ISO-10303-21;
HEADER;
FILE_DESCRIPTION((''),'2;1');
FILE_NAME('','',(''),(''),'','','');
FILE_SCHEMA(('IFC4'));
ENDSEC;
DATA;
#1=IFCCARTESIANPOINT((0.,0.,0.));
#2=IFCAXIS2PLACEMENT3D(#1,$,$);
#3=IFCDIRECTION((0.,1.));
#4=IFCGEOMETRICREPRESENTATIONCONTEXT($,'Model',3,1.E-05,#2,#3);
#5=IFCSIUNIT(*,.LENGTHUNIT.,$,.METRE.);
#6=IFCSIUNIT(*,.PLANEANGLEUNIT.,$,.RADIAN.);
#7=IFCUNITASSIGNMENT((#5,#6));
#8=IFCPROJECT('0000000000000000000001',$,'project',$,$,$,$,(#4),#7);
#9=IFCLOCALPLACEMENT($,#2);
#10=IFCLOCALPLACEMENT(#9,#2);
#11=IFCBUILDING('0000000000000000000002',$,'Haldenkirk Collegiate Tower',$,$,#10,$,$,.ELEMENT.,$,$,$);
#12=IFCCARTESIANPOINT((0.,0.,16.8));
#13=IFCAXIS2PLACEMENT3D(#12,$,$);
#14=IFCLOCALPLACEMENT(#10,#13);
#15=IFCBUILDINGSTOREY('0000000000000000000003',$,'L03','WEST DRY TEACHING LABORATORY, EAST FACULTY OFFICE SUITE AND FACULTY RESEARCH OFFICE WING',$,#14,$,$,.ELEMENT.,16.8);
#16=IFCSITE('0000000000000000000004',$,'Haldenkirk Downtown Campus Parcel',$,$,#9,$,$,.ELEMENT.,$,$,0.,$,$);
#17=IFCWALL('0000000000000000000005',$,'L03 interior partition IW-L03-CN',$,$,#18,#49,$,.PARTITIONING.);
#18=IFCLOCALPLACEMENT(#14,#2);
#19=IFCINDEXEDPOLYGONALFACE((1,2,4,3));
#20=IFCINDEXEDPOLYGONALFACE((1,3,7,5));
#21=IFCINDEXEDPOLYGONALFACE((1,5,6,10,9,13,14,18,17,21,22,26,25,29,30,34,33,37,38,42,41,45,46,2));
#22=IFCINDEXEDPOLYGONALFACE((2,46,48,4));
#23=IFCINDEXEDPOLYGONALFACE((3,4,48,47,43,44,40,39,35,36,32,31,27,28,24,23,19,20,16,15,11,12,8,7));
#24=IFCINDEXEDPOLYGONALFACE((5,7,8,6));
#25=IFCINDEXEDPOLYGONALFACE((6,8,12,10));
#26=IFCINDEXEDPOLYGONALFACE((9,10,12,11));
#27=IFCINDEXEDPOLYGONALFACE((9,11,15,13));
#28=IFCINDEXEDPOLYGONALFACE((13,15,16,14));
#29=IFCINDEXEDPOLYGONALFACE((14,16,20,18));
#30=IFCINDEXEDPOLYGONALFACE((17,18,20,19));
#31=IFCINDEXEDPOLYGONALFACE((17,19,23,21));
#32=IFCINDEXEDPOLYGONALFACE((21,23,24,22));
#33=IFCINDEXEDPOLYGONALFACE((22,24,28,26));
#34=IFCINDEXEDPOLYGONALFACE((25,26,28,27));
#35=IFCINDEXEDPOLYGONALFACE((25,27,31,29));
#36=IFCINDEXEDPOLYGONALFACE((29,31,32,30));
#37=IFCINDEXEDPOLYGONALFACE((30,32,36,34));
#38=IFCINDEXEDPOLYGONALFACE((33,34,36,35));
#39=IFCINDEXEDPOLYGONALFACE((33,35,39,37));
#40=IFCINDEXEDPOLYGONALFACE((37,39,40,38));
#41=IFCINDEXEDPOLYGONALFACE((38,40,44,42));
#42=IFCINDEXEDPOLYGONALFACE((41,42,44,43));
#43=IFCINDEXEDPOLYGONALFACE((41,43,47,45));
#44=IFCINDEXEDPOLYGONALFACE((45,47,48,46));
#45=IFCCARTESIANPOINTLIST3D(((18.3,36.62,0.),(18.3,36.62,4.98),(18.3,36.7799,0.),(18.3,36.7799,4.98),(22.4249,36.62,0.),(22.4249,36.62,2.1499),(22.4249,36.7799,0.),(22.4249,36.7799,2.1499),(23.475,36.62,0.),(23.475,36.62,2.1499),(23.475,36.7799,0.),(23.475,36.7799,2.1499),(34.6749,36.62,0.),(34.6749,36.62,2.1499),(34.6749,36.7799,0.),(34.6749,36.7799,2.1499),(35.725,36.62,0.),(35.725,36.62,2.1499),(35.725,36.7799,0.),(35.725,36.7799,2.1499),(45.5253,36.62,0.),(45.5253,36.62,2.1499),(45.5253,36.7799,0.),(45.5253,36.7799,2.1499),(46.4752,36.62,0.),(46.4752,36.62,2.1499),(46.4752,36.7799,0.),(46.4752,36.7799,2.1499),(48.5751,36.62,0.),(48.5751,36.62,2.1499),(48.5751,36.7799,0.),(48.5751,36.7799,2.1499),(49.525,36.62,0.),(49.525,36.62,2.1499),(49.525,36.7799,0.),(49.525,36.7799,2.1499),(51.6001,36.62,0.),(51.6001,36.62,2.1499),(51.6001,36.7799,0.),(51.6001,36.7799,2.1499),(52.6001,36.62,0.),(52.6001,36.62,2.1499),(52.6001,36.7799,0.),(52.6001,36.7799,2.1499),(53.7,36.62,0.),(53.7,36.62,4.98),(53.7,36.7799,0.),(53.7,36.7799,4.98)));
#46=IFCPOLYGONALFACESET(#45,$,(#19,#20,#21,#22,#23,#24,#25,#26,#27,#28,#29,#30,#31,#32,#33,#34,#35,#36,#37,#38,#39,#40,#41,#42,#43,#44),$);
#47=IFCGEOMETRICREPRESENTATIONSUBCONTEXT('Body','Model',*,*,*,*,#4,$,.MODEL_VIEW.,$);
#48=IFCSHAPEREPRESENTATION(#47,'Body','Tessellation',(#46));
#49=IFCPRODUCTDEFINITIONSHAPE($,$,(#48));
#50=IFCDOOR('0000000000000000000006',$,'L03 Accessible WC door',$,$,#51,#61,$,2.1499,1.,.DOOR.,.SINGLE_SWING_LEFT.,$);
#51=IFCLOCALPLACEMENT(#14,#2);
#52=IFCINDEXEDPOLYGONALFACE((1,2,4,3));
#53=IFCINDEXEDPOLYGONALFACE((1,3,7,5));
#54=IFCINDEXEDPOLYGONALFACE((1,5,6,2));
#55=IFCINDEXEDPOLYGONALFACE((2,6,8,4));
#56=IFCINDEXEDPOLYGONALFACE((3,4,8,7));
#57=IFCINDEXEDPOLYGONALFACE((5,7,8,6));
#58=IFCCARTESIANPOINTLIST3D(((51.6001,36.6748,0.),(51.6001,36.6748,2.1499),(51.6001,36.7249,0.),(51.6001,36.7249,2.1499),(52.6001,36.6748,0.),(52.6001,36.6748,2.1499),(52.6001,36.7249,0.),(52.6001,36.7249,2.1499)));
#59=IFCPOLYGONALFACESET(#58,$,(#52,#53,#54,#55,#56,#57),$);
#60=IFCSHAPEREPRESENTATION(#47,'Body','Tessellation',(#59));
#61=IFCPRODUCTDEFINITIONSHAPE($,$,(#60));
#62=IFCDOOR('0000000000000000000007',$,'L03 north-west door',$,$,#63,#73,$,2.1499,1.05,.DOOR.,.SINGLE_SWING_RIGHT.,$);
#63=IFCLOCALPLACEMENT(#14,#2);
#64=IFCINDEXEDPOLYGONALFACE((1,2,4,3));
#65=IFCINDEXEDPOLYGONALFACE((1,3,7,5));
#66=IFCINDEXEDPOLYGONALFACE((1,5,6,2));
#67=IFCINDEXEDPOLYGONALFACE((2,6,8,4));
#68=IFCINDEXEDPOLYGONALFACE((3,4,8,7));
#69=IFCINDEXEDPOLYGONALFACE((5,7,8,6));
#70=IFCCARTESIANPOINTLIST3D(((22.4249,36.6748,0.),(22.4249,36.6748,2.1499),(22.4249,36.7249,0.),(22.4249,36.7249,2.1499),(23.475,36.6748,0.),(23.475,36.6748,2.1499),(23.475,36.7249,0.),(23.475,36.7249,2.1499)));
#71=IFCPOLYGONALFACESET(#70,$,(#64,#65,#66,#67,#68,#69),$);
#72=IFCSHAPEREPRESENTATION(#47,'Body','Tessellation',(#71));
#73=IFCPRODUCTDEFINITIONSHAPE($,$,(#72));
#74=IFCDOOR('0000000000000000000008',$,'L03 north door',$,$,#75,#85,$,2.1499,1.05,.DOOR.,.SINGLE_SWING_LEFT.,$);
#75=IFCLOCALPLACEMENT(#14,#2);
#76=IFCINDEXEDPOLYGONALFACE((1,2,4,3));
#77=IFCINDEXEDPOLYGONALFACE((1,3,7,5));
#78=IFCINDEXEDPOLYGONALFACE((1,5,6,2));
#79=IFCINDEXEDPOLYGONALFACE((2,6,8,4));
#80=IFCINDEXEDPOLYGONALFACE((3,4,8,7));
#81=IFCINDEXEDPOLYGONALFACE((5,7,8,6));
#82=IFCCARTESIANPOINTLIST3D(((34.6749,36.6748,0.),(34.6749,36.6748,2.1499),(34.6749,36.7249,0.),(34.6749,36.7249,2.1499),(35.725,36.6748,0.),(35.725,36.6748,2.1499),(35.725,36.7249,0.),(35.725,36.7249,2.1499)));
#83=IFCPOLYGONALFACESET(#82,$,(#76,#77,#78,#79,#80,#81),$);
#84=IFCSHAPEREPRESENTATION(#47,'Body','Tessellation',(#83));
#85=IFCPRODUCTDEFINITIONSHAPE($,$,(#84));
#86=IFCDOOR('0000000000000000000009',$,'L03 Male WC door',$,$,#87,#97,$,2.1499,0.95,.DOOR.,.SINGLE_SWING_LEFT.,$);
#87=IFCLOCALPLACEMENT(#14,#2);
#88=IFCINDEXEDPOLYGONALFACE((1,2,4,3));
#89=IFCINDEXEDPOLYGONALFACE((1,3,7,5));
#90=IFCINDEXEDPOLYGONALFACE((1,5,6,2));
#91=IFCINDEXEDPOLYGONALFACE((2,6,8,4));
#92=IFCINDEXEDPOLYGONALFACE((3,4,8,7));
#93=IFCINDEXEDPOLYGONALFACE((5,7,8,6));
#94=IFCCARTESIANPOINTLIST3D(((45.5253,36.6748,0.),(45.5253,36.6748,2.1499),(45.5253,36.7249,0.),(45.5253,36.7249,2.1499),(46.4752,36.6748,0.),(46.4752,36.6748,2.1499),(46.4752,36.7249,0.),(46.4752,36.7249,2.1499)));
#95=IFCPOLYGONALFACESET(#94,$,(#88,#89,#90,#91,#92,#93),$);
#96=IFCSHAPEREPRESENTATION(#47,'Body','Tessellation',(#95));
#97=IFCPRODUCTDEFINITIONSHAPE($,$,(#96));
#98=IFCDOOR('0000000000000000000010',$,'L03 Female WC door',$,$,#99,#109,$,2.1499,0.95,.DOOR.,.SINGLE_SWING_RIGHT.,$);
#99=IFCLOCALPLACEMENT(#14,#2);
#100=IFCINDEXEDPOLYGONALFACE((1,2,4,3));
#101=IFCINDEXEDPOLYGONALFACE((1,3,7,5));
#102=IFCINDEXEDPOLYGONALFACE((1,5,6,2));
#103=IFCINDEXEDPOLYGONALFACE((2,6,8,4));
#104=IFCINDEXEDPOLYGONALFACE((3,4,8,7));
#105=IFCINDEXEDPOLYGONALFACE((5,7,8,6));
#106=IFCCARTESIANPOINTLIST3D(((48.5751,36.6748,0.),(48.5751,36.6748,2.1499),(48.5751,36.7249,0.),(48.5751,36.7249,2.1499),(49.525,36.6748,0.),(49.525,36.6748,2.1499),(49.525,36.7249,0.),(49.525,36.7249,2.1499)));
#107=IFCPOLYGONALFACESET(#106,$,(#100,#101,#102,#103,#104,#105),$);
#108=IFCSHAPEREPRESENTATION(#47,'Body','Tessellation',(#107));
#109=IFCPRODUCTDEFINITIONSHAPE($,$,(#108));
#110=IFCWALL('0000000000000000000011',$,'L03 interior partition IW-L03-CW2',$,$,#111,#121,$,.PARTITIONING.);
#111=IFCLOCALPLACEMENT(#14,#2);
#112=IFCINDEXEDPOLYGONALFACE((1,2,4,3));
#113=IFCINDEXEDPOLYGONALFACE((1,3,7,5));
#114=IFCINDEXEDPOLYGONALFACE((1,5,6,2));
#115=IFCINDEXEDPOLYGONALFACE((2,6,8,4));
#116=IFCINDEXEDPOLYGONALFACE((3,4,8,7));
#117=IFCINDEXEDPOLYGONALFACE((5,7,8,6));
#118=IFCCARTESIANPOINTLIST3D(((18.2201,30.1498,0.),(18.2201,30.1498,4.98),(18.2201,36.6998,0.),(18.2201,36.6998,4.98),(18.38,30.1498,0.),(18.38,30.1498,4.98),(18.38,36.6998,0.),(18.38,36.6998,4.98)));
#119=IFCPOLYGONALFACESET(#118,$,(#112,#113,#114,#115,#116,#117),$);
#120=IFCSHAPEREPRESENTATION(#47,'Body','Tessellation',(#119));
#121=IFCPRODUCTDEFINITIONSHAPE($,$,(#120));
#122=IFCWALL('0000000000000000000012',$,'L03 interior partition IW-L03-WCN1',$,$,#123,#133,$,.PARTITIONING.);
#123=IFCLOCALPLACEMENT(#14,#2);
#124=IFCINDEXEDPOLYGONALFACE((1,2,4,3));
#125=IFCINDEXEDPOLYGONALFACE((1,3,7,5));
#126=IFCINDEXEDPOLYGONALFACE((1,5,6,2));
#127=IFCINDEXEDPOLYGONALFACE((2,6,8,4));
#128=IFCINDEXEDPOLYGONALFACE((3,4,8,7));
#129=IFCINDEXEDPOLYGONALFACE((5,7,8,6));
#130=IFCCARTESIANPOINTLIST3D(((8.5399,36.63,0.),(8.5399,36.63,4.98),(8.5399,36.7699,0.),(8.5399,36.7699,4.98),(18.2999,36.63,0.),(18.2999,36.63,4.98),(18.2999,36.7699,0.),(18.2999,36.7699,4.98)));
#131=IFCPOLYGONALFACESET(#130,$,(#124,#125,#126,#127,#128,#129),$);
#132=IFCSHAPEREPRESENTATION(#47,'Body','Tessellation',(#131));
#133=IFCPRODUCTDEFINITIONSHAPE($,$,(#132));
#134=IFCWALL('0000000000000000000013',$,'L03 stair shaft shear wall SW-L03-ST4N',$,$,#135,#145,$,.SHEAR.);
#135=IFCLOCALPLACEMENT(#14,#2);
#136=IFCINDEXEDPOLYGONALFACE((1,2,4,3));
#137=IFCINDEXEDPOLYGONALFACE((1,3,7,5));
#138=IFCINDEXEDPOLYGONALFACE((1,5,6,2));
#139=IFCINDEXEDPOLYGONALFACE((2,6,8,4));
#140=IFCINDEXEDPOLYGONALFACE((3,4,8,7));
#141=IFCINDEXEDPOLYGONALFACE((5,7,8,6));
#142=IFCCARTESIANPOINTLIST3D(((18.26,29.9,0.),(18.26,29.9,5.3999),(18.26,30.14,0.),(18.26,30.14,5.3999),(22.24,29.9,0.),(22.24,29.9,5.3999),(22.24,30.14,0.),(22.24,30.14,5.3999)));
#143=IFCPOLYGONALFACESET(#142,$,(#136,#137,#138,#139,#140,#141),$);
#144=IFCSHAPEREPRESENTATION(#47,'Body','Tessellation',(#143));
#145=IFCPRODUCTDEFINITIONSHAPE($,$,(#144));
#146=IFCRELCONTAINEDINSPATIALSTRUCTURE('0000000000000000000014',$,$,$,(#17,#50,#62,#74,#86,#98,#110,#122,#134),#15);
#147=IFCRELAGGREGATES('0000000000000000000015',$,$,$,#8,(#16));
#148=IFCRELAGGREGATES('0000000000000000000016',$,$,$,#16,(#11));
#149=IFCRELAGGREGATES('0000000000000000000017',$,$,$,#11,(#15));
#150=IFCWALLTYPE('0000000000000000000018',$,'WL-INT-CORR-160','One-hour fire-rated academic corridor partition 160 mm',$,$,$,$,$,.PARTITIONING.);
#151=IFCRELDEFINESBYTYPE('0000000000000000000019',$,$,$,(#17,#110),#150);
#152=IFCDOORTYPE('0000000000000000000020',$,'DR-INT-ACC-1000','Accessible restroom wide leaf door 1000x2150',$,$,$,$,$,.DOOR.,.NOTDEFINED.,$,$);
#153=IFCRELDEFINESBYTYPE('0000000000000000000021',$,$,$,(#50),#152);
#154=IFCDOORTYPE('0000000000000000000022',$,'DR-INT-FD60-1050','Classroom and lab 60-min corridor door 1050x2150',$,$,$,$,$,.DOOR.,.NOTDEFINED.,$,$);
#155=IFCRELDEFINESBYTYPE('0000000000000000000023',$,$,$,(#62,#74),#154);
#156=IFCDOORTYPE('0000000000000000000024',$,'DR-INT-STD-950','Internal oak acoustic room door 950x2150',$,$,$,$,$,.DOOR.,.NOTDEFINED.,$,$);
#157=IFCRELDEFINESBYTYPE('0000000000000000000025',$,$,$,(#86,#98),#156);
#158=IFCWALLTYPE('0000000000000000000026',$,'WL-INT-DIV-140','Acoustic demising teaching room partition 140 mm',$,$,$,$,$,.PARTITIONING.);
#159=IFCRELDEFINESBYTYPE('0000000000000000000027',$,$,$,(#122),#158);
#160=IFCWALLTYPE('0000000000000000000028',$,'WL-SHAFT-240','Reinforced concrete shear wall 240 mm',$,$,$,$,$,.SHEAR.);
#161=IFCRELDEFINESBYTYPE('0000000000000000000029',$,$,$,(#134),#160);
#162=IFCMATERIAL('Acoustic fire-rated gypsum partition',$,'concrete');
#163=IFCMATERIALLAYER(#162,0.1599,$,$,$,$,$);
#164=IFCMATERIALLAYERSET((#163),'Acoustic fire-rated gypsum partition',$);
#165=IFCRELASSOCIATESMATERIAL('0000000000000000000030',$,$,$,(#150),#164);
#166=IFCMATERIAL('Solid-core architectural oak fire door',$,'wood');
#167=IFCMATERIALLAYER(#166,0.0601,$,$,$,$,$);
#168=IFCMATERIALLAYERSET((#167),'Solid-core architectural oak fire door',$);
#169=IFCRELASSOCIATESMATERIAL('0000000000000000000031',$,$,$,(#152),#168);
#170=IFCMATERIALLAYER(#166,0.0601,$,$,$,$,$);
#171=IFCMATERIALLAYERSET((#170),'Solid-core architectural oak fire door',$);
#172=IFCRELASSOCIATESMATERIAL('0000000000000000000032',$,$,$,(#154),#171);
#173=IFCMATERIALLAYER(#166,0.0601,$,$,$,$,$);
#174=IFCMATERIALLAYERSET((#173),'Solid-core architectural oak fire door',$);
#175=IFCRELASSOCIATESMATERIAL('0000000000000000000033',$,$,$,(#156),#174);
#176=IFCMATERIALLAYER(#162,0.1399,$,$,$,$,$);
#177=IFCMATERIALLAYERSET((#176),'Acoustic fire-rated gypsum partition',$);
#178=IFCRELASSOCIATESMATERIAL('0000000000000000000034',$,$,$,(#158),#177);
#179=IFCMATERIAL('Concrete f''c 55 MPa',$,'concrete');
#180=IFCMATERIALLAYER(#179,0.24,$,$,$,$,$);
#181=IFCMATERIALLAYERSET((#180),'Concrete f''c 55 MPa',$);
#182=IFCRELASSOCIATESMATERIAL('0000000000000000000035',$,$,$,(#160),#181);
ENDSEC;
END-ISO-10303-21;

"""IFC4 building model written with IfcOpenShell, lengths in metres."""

from ifc_helpers import new_model, si_unit, direction, frame, frame_2d, origin, place, context, subcontext, project, spatial, rectangle, extrude, material, layer, layer_set, type_object, element, fill, save


model = new_model("IFC4")

# Units and contexts
model_context = context("Model", 3, precision=1e-05, world=origin(), true_north=direction((0.0, 1.0)))
body_context = subcontext(model_context, "Body", "Model", "MODEL_VIEW")
ifc_project = project(units=[si_unit("LENGTHUNIT", "METRE"), si_unit("PLANEANGLEUNIT", "RADIAN")], contexts=[model_context])

# Site, building, storey
site_placement = place(None, origin())
site = spatial("IfcSite", under=ifc_project, at=site_placement, Name="Haldenkirk Downtown Campus Parcel", CompositionType="ELEMENT", RefElevation=0.0)
building_placement = place(site_placement, origin())
building = spatial("IfcBuilding", under=site, at=building_placement, Name="Haldenkirk Collegiate Tower", CompositionType="ELEMENT")
storey_placement = place(building_placement, frame((0.0, 0.0, 16.8)))
storey = spatial("IfcBuildingStorey", under=building, at=storey_placement, Name="L03", Description="WEST DRY TEACHING LABORATORY, EAST FACULTY OFFICE SUITE AND FACULTY RESEARCH OFFICE WING", CompositionType="ELEMENT", Elevation=16.8)

# Wall, openings, doors
ifc_material_1 = material(Name="Acoustic fire-rated gypsum partition", Category="concrete")
ifc_layer_1 = layer(ifc_material_1, 0.1599)
ifc_layer_set_1 = layer_set([ifc_layer_1], Name="Acoustic fire-rated gypsum partition")
wall_type_1 = type_object("IfcWallType", Name="WL-INT-CORR-160", Description="One-hour fire-rated academic corridor partition 160 mm", PredefinedType="PARTITIONING", material=ifc_layer_set_1)
wall_1_placement = place(storey_placement, frame((18.3, 36.7, 0.0), z_axis=(0.0, 0.0, 1.0), x_axis=(1.0, 0.0, 0.0)))
wall_1 = element("IfcWall", 1, at=wall_1_placement, inside=storey, type_object=wall_type_1, Name="L03 interior partition IW-L03-CN", PredefinedType="PARTITIONING", context=body_context, shape_type="SweptSolid", body=[
    extrude(rectangle(XDim=35.3999, YDim=0.1599, at=frame_2d((17.7, 0.0))), origin(), (0.0, 0.0, 1.0), 4.98),
])
opening_1_placement = place(wall_1_placement, frame((4.125, 0.0, 0.0)))
opening_1 = element("IfcOpeningElement", 2, at=opening_1_placement, cuts=wall_1, PredefinedType="OPENING", context=body_context, shape_type="SweptSolid", body=[
    extrude(rectangle(XDim=1.05, YDim=2.1499, at=frame_2d((0.5249, 1.075))), frame((0.0, 0.0898, 0.0), z_axis=(0.0, -1.0, 0.0), x_axis=(1.0, 0.0, 0.0)), (0.0, 0.0, 1.0), 0.1799),
])
opening_2_placement = place(wall_1_placement, frame((16.375, 0.0, 0.0)))
opening_2 = element("IfcOpeningElement", 3, at=opening_2_placement, cuts=wall_1, PredefinedType="OPENING", context=body_context, shape_type="SweptSolid", body=[
    extrude(rectangle(XDim=1.05, YDim=2.1499, at=frame_2d((0.5249, 1.075))), frame((0.0, 0.0898, 0.0), z_axis=(0.0, -1.0, 0.0), x_axis=(1.0, 0.0, 0.0)), (0.0, 0.0, 1.0), 0.1799),
])
opening_3_placement = place(wall_1_placement, frame((27.2251, 0.0, 0.0)))
opening_3 = element("IfcOpeningElement", 4, at=opening_3_placement, cuts=wall_1, PredefinedType="OPENING", context=body_context, shape_type="SweptSolid", body=[
    extrude(rectangle(XDim=0.95, YDim=2.1499, at=frame_2d((0.4751, 1.075))), frame((0.0, 0.0898, 0.0), z_axis=(0.0, -1.0, 0.0), x_axis=(1.0, 0.0, 0.0)), (0.0, 0.0, 1.0), 0.1799),
])
opening_4_placement = place(wall_1_placement, frame((30.2749, 0.0, 0.0)))
opening_4 = element("IfcOpeningElement", 5, at=opening_4_placement, cuts=wall_1, PredefinedType="OPENING", context=body_context, shape_type="SweptSolid", body=[
    extrude(rectangle(XDim=0.95, YDim=2.1499, at=frame_2d((0.4751, 1.075))), frame((0.0, 0.0898, 0.0), z_axis=(0.0, -1.0, 0.0), x_axis=(1.0, 0.0, 0.0)), (0.0, 0.0, 1.0), 0.1799),
])
opening_5_placement = place(wall_1_placement, frame((33.3, 0.0, 0.0)))
opening_5 = element("IfcOpeningElement", 6, at=opening_5_placement, cuts=wall_1, PredefinedType="OPENING", context=body_context, shape_type="SweptSolid", body=[
    extrude(rectangle(XDim=1.0, YDim=2.1499, at=frame_2d((0.5, 1.075))), frame((0.0, 0.0898, 0.0), z_axis=(0.0, -1.0, 0.0), x_axis=(1.0, 0.0, 0.0)), (0.0, 0.0, 1.0), 0.1799),
])
ifc_material_2 = material(Name="Solid-core architectural oak fire door", Category="wood")
ifc_layer_2 = layer(ifc_material_2, 0.0601)
ifc_layer_set_2 = layer_set([ifc_layer_2], Name="Solid-core architectural oak fire door")
door_type_1 = type_object("IfcDoorType", Name="DR-INT-ACC-1000", Description="Accessible restroom wide leaf door 1000x2150", OperationType="NOTDEFINED", PredefinedType="DOOR", material=ifc_layer_set_2)
door_1_placement = place(opening_5_placement, origin())
door_1 = element("IfcDoor", 7, at=door_1_placement, inside=storey, type_object=door_type_1, Name="L03 Accessible WC door", OperationType="SINGLE_SWING_LEFT", OverallHeight=2.1499, OverallWidth=1.0, PredefinedType="DOOR", context=body_context, shape_type="SweptSolid", body=[
    extrude(rectangle(XDim=1.0, YDim=2.1499, at=frame_2d((0.5, 1.075))), frame((0.0, 0.0249, 0.0), z_axis=(0.0, -1.0, 0.0), x_axis=(1.0, 0.0, 0.0)), (0.0, 0.0, 1.0), 0.05),
])
fill(opening_5, door_1)
ifc_layer_3 = layer(ifc_material_2, 0.0601)
ifc_layer_set_3 = layer_set([ifc_layer_3], Name="Solid-core architectural oak fire door")
door_type_2 = type_object("IfcDoorType", Name="DR-INT-FD60-1050", Description="Classroom and lab 60-min corridor door 1050x2150", OperationType="NOTDEFINED", PredefinedType="DOOR", material=ifc_layer_set_3)
door_2_placement = place(opening_1_placement, origin())
door_2 = element("IfcDoor", 8, at=door_2_placement, inside=storey, type_object=door_type_2, Name="L03 north-west door", OperationType="SINGLE_SWING_RIGHT", OverallHeight=2.1499, OverallWidth=1.05, PredefinedType="DOOR", context=body_context, shape_type="SweptSolid", body=[
    extrude(rectangle(XDim=1.05, YDim=2.1499, at=frame_2d((0.5249, 1.075))), frame((0.0, 0.0249, 0.0), z_axis=(0.0, -1.0, 0.0), x_axis=(1.0, 0.0, 0.0)), (0.0, 0.0, 1.0), 0.05),
])
fill(opening_1, door_2)
door_3_placement = place(opening_2_placement, origin())
door_3 = element("IfcDoor", 9, at=door_3_placement, inside=storey, type_object=door_type_2, Name="L03 north door", OperationType="SINGLE_SWING_LEFT", OverallHeight=2.1499, OverallWidth=1.05, PredefinedType="DOOR", context=body_context, shape_type="SweptSolid", body=[
    extrude(rectangle(XDim=1.05, YDim=2.1499, at=frame_2d((0.5249, 1.075))), frame((0.0, 0.0249, 0.0), z_axis=(0.0, -1.0, 0.0), x_axis=(1.0, 0.0, 0.0)), (0.0, 0.0, 1.0), 0.05),
])
fill(opening_2, door_3)
ifc_layer_4 = layer(ifc_material_2, 0.0601)
ifc_layer_set_4 = layer_set([ifc_layer_4], Name="Solid-core architectural oak fire door")
door_type_3 = type_object("IfcDoorType", Name="DR-INT-STD-950", Description="Internal oak acoustic room door 950x2150", OperationType="NOTDEFINED", PredefinedType="DOOR", material=ifc_layer_set_4)
door_4_placement = place(opening_3_placement, origin())
door_4 = element("IfcDoor", 10, at=door_4_placement, inside=storey, type_object=door_type_3, Name="L03 Male WC door", OperationType="SINGLE_SWING_LEFT", OverallHeight=2.1499, OverallWidth=0.95, PredefinedType="DOOR", context=body_context, shape_type="SweptSolid", body=[
    extrude(rectangle(XDim=0.95, YDim=2.1499, at=frame_2d((0.4751, 1.075))), frame((0.0, 0.0249, 0.0), z_axis=(0.0, -1.0, 0.0), x_axis=(1.0, 0.0, 0.0)), (0.0, 0.0, 1.0), 0.05),
])
fill(opening_3, door_4)
door_5_placement = place(opening_4_placement, origin())
door_5 = element("IfcDoor", 11, at=door_5_placement, inside=storey, type_object=door_type_3, Name="L03 Female WC door", OperationType="SINGLE_SWING_RIGHT", OverallHeight=2.1499, OverallWidth=0.95, PredefinedType="DOOR", context=body_context, shape_type="SweptSolid", body=[
    extrude(rectangle(XDim=0.95, YDim=2.1499, at=frame_2d((0.4751, 1.075))), frame((0.0, 0.0249, 0.0), z_axis=(0.0, -1.0, 0.0), x_axis=(1.0, 0.0, 0.0)), (0.0, 0.0, 1.0), 0.05),
])
fill(opening_4, door_5)

# Walls
wall_2_placement = place(storey_placement, frame((18.3, 30.1499, 0.0), z_axis=(0.0, 0.0, 1.0), x_axis=(0.0, 1.0, 0.0)))
element("IfcWall", 12, at=wall_2_placement, inside=storey, type_object=wall_type_1, Name="L03 interior partition IW-L03-CW2", PredefinedType="PARTITIONING", context=body_context, shape_type="SweptSolid", body=[
    extrude(rectangle(XDim=6.55, YDim=0.1599, at=frame_2d((3.2749, 0.0))), origin(), (0.0, 0.0, 1.0), 4.98),
])
ifc_layer_5 = layer(ifc_material_1, 0.1399)
ifc_layer_set_5 = layer_set([ifc_layer_5], Name="Acoustic fire-rated gypsum partition")
wall_type_2 = type_object("IfcWallType", Name="WL-INT-DIV-140", Description="Acoustic demising teaching room partition 140 mm", PredefinedType="PARTITIONING", material=ifc_layer_set_5)
wall_3_placement = place(storey_placement, frame((8.54, 36.7, 0.0), z_axis=(0.0, 0.0, 1.0), x_axis=(1.0, 0.0, 0.0)))
element("IfcWall", 13, at=wall_3_placement, inside=storey, type_object=wall_type_2, Name="L03 interior partition IW-L03-WCN1", PredefinedType="PARTITIONING", context=body_context, shape_type="SweptSolid", body=[
    extrude(rectangle(XDim=9.76, YDim=0.1399, at=frame_2d((4.8799, 0.0))), origin(), (0.0, 0.0, 1.0), 4.98),
])
ifc_material_3 = material(Name="Concrete f'c 55 MPa", Category="concrete")
ifc_layer_6 = layer(ifc_material_3, 0.24)
ifc_layer_set_6 = layer_set([ifc_layer_6], Name="Concrete f'c 55 MPa")
wall_type_3 = type_object("IfcWallType", Name="WL-SHAFT-240", Description="Reinforced concrete shear wall 240 mm", PredefinedType="SHEAR", material=ifc_layer_set_6)
wall_4_placement = place(storey_placement, frame((18.26, 30.02, 0.0), z_axis=(0.0, 0.0, 1.0), x_axis=(1.0, 0.0, 0.0)))
element("IfcWall", 14, at=wall_4_placement, inside=storey, type_object=wall_type_3, Name="L03 stair shaft shear wall SW-L03-ST4N", PredefinedType="SHEAR", context=body_context, shape_type="SweptSolid", body=[
    extrude(rectangle(XDim=3.98, YDim=0.24, at=frame_2d((1.99, 0.0))), origin(), (0.0, 0.0, 1.0), 5.3999),
])

save(model, "model.ifc")
